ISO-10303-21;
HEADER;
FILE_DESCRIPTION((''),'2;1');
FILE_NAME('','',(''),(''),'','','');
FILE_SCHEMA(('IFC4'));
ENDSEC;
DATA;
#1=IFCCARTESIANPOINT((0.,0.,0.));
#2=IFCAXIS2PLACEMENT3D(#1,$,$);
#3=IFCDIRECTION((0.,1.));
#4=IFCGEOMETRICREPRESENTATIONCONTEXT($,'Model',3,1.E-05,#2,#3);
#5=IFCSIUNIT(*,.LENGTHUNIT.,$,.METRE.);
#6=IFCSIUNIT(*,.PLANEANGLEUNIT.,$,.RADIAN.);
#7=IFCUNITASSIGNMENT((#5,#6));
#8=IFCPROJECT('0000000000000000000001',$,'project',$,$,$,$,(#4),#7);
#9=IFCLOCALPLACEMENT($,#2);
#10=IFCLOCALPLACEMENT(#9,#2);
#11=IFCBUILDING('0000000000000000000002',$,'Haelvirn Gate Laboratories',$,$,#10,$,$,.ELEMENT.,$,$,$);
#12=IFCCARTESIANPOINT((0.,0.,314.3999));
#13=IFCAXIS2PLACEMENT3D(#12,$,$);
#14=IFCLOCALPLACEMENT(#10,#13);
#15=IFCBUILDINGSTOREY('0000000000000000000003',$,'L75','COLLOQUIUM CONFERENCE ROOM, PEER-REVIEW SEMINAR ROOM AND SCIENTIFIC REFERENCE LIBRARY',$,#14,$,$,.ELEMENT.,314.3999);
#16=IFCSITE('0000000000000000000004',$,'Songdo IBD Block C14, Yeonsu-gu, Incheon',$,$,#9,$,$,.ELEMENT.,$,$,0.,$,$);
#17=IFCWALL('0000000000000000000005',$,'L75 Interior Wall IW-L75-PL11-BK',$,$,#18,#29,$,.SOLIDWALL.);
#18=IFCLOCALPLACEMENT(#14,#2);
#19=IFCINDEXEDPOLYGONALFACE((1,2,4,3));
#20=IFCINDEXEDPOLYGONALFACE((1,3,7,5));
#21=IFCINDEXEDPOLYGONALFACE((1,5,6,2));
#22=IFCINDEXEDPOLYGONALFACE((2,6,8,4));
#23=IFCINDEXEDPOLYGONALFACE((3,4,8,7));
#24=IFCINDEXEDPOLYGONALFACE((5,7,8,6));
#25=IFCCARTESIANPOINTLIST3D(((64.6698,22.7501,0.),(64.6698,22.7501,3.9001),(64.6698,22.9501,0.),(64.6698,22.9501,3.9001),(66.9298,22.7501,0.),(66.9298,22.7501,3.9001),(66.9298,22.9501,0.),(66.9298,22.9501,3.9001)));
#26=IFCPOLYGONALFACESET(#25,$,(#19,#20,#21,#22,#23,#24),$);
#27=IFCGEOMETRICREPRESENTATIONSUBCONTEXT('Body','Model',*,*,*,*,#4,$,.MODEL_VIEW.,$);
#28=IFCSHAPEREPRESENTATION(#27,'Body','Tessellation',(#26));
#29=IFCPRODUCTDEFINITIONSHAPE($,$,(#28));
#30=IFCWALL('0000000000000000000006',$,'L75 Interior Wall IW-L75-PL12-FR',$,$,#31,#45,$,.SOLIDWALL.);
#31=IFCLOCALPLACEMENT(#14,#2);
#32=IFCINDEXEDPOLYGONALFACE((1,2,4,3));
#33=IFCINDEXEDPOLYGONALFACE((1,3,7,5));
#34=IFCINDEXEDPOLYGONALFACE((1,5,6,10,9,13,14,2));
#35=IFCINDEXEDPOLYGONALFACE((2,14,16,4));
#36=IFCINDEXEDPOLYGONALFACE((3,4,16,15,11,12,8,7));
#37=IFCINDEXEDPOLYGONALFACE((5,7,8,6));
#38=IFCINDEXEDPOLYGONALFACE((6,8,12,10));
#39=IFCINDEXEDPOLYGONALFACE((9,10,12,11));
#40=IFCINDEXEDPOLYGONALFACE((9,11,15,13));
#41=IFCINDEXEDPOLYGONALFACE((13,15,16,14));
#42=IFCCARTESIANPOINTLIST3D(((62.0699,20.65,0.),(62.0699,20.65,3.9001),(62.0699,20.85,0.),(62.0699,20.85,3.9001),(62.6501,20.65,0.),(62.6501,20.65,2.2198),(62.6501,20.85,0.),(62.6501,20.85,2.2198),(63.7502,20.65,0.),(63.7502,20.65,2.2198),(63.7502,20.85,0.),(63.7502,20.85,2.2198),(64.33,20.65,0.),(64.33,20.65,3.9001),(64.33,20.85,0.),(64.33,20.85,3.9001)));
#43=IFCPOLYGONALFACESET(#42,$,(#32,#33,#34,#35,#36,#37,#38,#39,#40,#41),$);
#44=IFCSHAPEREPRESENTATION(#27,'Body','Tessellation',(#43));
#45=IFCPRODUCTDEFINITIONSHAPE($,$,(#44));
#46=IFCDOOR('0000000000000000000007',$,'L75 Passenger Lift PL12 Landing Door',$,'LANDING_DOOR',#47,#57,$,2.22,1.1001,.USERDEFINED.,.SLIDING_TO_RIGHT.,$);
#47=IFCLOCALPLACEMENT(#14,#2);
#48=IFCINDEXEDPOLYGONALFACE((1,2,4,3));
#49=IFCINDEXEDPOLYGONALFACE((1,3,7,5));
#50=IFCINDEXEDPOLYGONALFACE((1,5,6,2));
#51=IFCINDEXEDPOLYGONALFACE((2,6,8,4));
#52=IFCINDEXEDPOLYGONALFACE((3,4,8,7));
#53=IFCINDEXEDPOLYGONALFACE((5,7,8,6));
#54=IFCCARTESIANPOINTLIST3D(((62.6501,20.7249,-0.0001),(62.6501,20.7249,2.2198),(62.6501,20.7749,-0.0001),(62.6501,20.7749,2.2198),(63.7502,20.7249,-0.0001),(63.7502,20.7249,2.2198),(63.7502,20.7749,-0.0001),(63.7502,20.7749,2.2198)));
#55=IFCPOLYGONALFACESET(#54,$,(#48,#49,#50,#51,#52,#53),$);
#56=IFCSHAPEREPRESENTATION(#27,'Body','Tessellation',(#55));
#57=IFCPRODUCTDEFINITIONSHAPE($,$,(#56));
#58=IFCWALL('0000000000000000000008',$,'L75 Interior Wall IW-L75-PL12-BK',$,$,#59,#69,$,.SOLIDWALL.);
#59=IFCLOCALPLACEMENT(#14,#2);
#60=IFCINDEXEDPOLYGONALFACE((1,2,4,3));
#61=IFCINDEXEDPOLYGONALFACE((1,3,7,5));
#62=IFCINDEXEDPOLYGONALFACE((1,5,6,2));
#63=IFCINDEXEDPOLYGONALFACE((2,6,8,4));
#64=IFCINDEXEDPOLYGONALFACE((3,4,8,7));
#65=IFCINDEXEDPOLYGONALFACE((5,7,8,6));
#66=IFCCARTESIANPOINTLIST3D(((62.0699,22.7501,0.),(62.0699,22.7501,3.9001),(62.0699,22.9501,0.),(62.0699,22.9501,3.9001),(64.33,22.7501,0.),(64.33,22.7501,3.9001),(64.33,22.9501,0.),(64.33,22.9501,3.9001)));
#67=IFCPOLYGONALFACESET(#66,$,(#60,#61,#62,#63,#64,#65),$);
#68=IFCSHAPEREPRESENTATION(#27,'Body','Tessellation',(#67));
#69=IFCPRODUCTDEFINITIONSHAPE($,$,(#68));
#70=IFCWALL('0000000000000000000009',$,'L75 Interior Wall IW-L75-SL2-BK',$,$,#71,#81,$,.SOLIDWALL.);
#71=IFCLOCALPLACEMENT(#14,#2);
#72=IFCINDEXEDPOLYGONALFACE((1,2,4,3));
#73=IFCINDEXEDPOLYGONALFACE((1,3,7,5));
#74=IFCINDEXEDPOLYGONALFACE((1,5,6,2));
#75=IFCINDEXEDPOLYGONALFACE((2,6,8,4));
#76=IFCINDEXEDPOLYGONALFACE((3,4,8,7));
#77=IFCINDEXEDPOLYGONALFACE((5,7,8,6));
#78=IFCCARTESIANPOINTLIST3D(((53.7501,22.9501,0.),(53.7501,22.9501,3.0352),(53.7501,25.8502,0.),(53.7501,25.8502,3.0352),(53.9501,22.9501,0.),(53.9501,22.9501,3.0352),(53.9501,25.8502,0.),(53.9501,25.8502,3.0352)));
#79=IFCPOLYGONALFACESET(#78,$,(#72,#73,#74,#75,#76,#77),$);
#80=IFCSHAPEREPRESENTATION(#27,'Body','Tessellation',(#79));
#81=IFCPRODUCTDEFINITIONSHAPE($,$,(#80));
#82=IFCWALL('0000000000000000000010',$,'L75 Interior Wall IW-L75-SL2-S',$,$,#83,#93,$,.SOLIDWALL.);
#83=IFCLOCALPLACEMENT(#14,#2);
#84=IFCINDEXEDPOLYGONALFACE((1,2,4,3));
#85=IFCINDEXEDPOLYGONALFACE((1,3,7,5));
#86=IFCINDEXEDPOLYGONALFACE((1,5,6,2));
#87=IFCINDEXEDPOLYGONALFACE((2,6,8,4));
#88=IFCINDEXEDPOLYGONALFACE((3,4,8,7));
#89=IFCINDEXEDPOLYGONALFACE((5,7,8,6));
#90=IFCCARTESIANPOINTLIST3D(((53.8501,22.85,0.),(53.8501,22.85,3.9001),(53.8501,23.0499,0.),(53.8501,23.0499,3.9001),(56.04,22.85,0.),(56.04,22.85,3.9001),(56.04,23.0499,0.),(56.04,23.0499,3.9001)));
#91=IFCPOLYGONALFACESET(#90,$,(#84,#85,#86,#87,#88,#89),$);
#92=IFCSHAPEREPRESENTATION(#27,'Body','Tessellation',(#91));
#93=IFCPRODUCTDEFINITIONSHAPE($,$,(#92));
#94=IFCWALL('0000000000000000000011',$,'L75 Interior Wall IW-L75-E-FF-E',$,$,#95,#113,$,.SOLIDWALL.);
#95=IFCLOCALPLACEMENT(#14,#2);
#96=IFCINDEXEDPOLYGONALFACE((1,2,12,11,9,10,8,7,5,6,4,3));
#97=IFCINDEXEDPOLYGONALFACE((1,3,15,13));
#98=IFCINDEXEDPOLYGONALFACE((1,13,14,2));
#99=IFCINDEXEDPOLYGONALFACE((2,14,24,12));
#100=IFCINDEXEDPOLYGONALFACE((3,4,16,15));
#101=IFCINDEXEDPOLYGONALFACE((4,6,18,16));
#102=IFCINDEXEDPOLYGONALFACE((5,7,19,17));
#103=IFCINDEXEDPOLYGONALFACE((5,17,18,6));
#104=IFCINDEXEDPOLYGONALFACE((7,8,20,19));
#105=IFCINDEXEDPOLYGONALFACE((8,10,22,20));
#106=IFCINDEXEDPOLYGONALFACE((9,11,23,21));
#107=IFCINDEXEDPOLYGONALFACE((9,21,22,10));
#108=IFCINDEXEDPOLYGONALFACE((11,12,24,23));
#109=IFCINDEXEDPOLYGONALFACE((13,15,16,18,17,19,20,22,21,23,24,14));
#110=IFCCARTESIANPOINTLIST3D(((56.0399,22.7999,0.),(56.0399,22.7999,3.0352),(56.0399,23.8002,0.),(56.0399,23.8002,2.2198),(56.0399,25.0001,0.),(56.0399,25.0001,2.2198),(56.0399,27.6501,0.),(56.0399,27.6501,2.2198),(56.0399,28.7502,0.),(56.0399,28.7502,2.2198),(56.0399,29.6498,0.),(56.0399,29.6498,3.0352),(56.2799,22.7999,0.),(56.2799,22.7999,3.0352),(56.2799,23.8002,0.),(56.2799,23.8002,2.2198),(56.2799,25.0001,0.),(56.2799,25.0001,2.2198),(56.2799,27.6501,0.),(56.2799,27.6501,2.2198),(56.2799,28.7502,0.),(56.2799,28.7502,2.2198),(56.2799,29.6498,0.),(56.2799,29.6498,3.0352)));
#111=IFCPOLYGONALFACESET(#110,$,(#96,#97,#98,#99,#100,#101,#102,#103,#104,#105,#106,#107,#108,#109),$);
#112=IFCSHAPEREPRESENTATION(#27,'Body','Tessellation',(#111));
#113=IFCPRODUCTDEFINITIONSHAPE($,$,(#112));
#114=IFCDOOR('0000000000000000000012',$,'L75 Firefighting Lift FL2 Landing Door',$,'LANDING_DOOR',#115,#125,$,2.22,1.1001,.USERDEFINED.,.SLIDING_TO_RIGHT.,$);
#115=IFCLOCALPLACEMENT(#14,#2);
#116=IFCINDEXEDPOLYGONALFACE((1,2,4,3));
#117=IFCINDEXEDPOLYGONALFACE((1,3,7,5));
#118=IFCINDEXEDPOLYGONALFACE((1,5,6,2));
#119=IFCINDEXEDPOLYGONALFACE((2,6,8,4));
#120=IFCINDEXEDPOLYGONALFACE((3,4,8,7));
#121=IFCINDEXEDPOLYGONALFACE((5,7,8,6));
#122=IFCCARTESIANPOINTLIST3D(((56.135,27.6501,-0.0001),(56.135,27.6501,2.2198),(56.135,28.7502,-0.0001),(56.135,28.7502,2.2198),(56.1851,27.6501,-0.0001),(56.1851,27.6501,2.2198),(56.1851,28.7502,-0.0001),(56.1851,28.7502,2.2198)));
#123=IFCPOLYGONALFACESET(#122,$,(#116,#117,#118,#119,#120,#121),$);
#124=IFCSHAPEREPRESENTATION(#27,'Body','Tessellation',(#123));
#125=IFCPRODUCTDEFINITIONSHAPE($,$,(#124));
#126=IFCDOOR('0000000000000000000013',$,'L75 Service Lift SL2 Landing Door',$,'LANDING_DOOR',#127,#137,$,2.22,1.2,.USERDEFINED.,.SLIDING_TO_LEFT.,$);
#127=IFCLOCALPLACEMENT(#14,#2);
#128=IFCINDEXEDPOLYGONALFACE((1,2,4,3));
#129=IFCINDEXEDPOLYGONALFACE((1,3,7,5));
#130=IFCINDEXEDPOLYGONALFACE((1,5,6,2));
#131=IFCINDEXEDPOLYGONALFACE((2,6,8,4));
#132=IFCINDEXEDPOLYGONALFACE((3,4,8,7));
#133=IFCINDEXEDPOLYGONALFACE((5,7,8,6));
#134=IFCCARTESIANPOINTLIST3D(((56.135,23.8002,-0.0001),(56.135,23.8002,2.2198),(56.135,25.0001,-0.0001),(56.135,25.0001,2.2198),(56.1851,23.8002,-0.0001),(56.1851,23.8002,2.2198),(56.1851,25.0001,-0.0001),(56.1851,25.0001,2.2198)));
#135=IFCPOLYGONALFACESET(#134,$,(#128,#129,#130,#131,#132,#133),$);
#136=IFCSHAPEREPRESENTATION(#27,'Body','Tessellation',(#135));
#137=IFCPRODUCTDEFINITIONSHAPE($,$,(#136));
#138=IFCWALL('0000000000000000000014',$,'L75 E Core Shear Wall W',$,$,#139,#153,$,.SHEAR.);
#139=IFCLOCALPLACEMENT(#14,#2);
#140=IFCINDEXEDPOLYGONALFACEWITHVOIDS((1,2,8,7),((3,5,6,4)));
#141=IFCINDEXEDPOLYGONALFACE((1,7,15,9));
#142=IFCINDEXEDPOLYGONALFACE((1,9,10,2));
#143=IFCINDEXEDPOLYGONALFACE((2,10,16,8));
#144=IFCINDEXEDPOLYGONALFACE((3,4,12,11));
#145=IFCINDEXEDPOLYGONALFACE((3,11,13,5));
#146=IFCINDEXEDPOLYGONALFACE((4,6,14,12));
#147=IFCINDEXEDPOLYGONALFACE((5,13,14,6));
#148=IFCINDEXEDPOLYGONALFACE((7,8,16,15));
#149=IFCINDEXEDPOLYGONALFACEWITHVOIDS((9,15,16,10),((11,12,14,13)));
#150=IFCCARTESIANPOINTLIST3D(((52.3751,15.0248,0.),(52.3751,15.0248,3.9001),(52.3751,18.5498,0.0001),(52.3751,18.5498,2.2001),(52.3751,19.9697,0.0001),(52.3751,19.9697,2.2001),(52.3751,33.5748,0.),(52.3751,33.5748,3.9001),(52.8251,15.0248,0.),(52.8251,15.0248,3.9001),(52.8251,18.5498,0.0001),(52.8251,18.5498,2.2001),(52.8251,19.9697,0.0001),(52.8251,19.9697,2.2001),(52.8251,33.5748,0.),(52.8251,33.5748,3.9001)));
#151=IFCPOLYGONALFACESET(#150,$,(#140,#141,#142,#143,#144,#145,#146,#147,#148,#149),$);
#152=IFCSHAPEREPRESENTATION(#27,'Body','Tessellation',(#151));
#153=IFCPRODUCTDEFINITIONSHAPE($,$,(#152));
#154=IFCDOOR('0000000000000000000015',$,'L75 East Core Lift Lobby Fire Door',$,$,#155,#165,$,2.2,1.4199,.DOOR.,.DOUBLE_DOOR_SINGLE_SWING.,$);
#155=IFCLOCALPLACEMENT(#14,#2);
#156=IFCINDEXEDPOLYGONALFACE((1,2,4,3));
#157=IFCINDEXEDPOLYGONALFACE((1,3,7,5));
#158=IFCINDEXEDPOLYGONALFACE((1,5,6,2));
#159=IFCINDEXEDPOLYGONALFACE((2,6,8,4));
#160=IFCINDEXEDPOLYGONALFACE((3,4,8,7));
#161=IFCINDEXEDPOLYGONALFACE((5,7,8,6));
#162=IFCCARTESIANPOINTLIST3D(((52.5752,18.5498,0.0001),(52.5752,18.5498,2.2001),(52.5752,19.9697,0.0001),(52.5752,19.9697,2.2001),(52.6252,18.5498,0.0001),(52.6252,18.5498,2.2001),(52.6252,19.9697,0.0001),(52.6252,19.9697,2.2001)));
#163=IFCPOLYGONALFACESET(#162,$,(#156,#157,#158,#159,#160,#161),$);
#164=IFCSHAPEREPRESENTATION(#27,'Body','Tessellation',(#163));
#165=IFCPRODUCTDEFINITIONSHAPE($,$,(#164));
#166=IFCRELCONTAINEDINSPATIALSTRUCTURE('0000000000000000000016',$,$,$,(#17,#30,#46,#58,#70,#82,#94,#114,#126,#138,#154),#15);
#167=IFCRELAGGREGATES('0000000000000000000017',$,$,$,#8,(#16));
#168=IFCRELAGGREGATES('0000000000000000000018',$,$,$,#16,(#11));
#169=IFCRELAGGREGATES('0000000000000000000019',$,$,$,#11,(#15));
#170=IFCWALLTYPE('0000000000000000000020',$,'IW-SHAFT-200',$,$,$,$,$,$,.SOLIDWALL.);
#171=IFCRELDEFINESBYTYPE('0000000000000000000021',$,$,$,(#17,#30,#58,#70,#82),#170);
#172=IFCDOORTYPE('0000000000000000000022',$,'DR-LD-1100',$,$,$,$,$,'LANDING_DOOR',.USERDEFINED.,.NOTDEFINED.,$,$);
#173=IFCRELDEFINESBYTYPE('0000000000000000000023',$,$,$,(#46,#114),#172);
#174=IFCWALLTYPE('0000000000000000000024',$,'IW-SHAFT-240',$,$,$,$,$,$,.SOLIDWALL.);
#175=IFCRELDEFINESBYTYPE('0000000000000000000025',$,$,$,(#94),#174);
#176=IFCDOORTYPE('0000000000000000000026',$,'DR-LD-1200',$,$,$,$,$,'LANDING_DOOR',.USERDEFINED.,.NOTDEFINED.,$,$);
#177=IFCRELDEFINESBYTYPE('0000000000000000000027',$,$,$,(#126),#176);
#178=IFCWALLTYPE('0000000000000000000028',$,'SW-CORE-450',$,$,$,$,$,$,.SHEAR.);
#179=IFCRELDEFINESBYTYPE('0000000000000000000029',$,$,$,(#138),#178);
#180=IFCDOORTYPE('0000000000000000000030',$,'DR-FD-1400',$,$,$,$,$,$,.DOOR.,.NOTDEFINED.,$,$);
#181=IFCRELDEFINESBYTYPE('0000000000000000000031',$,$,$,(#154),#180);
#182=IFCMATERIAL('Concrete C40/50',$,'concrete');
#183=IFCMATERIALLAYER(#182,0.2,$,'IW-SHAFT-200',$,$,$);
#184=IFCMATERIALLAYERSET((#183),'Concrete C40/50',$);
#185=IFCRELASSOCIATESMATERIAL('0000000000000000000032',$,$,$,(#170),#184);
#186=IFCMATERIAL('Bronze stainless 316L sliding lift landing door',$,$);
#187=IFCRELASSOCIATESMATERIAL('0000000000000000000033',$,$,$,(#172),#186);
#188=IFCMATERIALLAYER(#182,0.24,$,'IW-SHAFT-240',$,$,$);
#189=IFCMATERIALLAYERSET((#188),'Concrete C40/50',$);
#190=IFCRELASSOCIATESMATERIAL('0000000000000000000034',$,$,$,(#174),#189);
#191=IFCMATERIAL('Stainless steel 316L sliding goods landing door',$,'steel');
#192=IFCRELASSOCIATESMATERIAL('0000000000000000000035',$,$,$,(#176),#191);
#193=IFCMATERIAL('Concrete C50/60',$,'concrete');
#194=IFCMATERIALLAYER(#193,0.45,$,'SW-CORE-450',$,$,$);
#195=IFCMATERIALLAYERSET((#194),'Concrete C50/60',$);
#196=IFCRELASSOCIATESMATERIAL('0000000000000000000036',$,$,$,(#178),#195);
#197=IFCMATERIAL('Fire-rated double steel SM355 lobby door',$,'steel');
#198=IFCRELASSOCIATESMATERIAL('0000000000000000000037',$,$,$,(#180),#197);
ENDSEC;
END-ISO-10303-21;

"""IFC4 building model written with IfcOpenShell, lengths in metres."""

from ifc_helpers import new_model, si_unit, direction, frame, frame_2d, origin, place, context, subcontext, project, spatial, rectangle, extrude, source, transform, mapped, material, layer, layer_set, type_object, type_shapes, element, fill, save


model = new_model("IFC4")

# Units and contexts
model_context = context("Model", 3, precision=1e-05, world=origin(), true_north=direction((0.0, 1.0)))
body_context = subcontext(model_context, "Body", "Model", "MODEL_VIEW")
ifc_project = project(units=[si_unit("LENGTHUNIT", "METRE"), si_unit("PLANEANGLEUNIT", "RADIAN")], contexts=[model_context])

# Site, building, storey
site_placement = place(None, origin())
site = spatial("IfcSite", under=ifc_project, at=site_placement, Name="Songdo IBD Block C14, Yeonsu-gu, Incheon", CompositionType="ELEMENT", RefElevation=0.0)
building_placement = place(site_placement, origin())
building = spatial("IfcBuilding", under=site, at=building_placement, Name="Haelvirn Gate Laboratories", CompositionType="ELEMENT")
storey_placement = place(building_placement, frame((0.0, 0.0, 314.3999)))
storey = spatial("IfcBuildingStorey", under=building, at=storey_placement, Name="L75", Description="COLLOQUIUM CONFERENCE ROOM, PEER-REVIEW SEMINAR ROOM AND SCIENTIFIC REFERENCE LIBRARY", CompositionType="ELEMENT", Elevation=314.3999)

# Shared definitions
ifc_material_1 = material(Name="Concrete C50/60", Category="concrete")

# Shared definitions
ifc_material_2 = material(Name="Concrete C40/50", Category="concrete")

# Shared definitions
ifc_layer_1 = layer(ifc_material_2, 0.2, Name="IW-SHAFT-200")
ifc_layer_set_1 = layer_set([ifc_layer_1], Name="Concrete C40/50")
wall_type_1 = type_object("IfcWallType", Name="IW-SHAFT-200", PredefinedType="SOLIDWALL", material=ifc_layer_set_1)
ifc_material_3 = material(Name="Bronze stainless 316L sliding lift landing door")
door_type_1 = type_object("IfcDoorType", Name="DR-LD-1100", ElementType="LANDING_DOOR", OperationType="NOTDEFINED", PredefinedType="USERDEFINED", material=ifc_material_3)
shared_shape_1 = source(origin(), body_context, "Body", "SweptSolid", [
    extrude(rectangle(XDim=1.1001, YDim=2.22, at=frame_2d((0.55, 1.1099))), frame((0.0, 0.0249, 0.0), z_axis=(0.0, -1.0, 0.0), x_axis=(1.0, 0.0, 0.0)), (0.0, 0.0, 1.0), 0.05),
])
type_shapes(door_type_1, [shared_shape_1])

# Wall
wall_1_placement = place(storey_placement, frame((64.6699, 22.8501, 0.0), z_axis=(0.0, 0.0, 1.0), x_axis=(1.0, 0.0, 0.0)))
element("IfcWall", 1, at=wall_1_placement, inside=storey, type_object=wall_type_1, Name="L75 Interior Wall IW-L75-PL11-BK", PredefinedType="SOLIDWALL", context=body_context, shape_type="SweptSolid", body=[
    extrude(rectangle(XDim=2.26, YDim=0.2, at=frame_2d((1.1299, 0.0))), origin(), (0.0, 0.0, 1.0), 3.9001),
])

# Wall, opening, door
wall_2_placement = place(storey_placement, frame((62.0701, 20.75, 0.0), z_axis=(0.0, 0.0, 1.0), x_axis=(1.0, 0.0, 0.0)))
wall_2 = element("IfcWall", 2, at=wall_2_placement, inside=storey, type_object=wall_type_1, Name="L75 Interior Wall IW-L75-PL12-FR", PredefinedType="SOLIDWALL", context=body_context, shape_type="SweptSolid", body=[
    extrude(rectangle(XDim=2.26, YDim=0.2, at=frame_2d((1.1299, 0.0))), origin(), (0.0, 0.0, 1.0), 3.9001),
])
opening_1_placement = place(wall_2_placement, frame((0.5801, 0.0, 0.0)))
opening_1 = element("IfcOpeningElement", 3, at=opening_1_placement, cuts=wall_2, PredefinedType="OPENING", context=body_context, shape_type="SweptSolid", body=[
    extrude(rectangle(XDim=1.1001, YDim=2.22, at=frame_2d((0.55, 1.1099))), frame((0.0, 0.1099, 0.0), z_axis=(0.0, -1.0, 0.0), x_axis=(1.0, 0.0, 0.0)), (0.0, 0.0, 1.0), 0.22),
])
door_1_placement = place(opening_1_placement, origin())
door_1 = element("IfcDoor", 4, at=door_1_placement, inside=storey, type_object=door_type_1, Name="L75 Passenger Lift PL12 Landing Door", ObjectType="LANDING_DOOR", OperationType="SLIDING_TO_RIGHT", OverallHeight=2.22, OverallWidth=1.1001, PredefinedType="USERDEFINED", context=body_context, shape_type="MappedRepresentation", body=[
    mapped(shared_shape_1, transform((0.0, 0.0, 0.0), scale=1.0)),
])
fill(opening_1, door_1)

# Walls
wall_3_placement = place(storey_placement, frame((62.0701, 22.8501, 0.0), z_axis=(0.0, 0.0, 1.0), x_axis=(1.0, 0.0, 0.0)))
element("IfcWall", 5, at=wall_3_placement, inside=storey, type_object=wall_type_1, Name="L75 Interior Wall IW-L75-PL12-BK", PredefinedType="SOLIDWALL", context=body_context, shape_type="SweptSolid", body=[
    extrude(rectangle(XDim=2.26, YDim=0.2, at=frame_2d((1.1299, 0.0))), origin(), (0.0, 0.0, 1.0), 3.9001),
])
wall_4_placement = place(storey_placement, frame((53.8501, 22.95, 0.0), z_axis=(0.0, 0.0, 1.0), x_axis=(0.0, 1.0, 0.0)))
element("IfcWall", 6, at=wall_4_placement, inside=storey, type_object=wall_type_1, Name="L75 Interior Wall IW-L75-SL2-BK", PredefinedType="SOLIDWALL", context=body_context, shape_type="SweptSolid", body=[
    extrude(rectangle(XDim=2.9001, YDim=0.2, at=frame_2d((1.4502, 0.0))), origin(), (0.0, 0.0, 1.0), 3.0352),
])
wall_5_placement = place(storey_placement, frame((53.8501, 22.95, 0.0), z_axis=(0.0, 0.0, 1.0), x_axis=(1.0, 0.0, 0.0)))
element("IfcWall", 7, at=wall_5_placement, inside=storey, type_object=wall_type_1, Name="L75 Interior Wall IW-L75-SL2-S", PredefinedType="SOLIDWALL", context=body_context, shape_type="SweptSolid", body=[
    extrude(rectangle(XDim=2.1899, YDim=0.2, at=frame_2d((1.095, 0.0))), origin(), (0.0, 0.0, 1.0), 3.9001),
])

# Wall, openings, doors
ifc_layer_2 = layer(ifc_material_2, 0.24, Name="IW-SHAFT-240")
ifc_layer_set_2 = layer_set([ifc_layer_2], Name="Concrete C40/50")
wall_type_2 = type_object("IfcWallType", Name="IW-SHAFT-240", PredefinedType="SOLIDWALL", material=ifc_layer_set_2)
wall_6_placement = place(storey_placement, frame((56.1599, 22.8, 0.0), z_axis=(0.0, 0.0, 1.0), x_axis=(0.0, 1.0, 0.0)))
wall_6 = element("IfcWall", 8, at=wall_6_placement, inside=storey, type_object=wall_type_2, Name="L75 Interior Wall IW-L75-E-FF-E", PredefinedType="SOLIDWALL", context=body_context, shape_type="SweptSolid", body=[
    extrude(rectangle(XDim=6.8499, YDim=0.24, at=frame_2d((3.4248, 0.0))), origin(), (0.0, 0.0, 1.0), 3.0352),
])
opening_2_placement = place(wall_6_placement, frame((4.8501, 0.0, 0.0)))
opening_2 = element("IfcOpeningElement", 9, at=opening_2_placement, cuts=wall_6, PredefinedType="OPENING", context=body_context, shape_type="SweptSolid", body=[
    extrude(rectangle(XDim=1.1001, YDim=2.22, at=frame_2d((0.55, 1.1099))), frame((0.0, 0.1299, 0.0), z_axis=(0.0, -1.0, 0.0), x_axis=(1.0, 0.0, 0.0)), (0.0, 0.0, 1.0), 0.26),
])
opening_3_placement = place(wall_6_placement, frame((1.0, 0.0, 0.0)))
opening_3 = element("IfcOpeningElement", 10, at=opening_3_placement, cuts=wall_6, PredefinedType="OPENING", context=body_context, shape_type="SweptSolid", body=[
    extrude(rectangle(XDim=1.2, YDim=2.22, at=frame_2d((0.6001, 1.1099))), frame((0.0, 0.1299, 0.0), z_axis=(0.0, -1.0, 0.0), x_axis=(1.0, 0.0, 0.0)), (0.0, 0.0, 1.0), 0.26),
])
door_2_placement = place(opening_2_placement, origin())
door_2 = element("IfcDoor", 11, at=door_2_placement, inside=storey, type_object=door_type_1, Name="L75 Firefighting Lift FL2 Landing Door", ObjectType="LANDING_DOOR", OperationType="SLIDING_TO_RIGHT", OverallHeight=2.22, OverallWidth=1.1001, PredefinedType="USERDEFINED", context=body_context, shape_type="MappedRepresentation", body=[
    mapped(shared_shape_1, transform((0.0, 0.0, 0.0), scale=1.0)),
])
fill(opening_2, door_2)
ifc_material_4 = material(Name="Stainless steel 316L sliding goods landing door", Category="steel")
door_type_2 = type_object("IfcDoorType", Name="DR-LD-1200", ElementType="LANDING_DOOR", OperationType="NOTDEFINED", PredefinedType="USERDEFINED", material=ifc_material_4)
shared_shape_2 = source(origin(), body_context, "Body", "SweptSolid", [
    extrude(rectangle(XDim=1.2, YDim=2.22, at=frame_2d((0.6001, 1.1099))), frame((0.0, 0.0249, 0.0), z_axis=(0.0, -1.0, 0.0), x_axis=(1.0, 0.0, 0.0)), (0.0, 0.0, 1.0), 0.05),
])
type_shapes(door_type_2, [shared_shape_2])
door_3_placement = place(opening_3_placement, origin())
door_3 = element("IfcDoor", 12, at=door_3_placement, inside=storey, type_object=door_type_2, Name="L75 Service Lift SL2 Landing Door", ObjectType="LANDING_DOOR", OperationType="SLIDING_TO_LEFT", OverallHeight=2.22, OverallWidth=1.2, PredefinedType="USERDEFINED", context=body_context, shape_type="MappedRepresentation", body=[
    mapped(shared_shape_2, transform((0.0, 0.0, 0.0), scale=1.0)),
])
fill(opening_3, door_3)

# Wall, opening, door
ifc_layer_3 = layer(ifc_material_1, 0.45, Name="SW-CORE-450")
ifc_layer_set_3 = layer_set([ifc_layer_3], Name="Concrete C50/60")
wall_type_3 = type_object("IfcWallType", Name="SW-CORE-450", PredefinedType="SHEAR", material=ifc_layer_set_3)
wall_7_placement = place(storey_placement, frame((52.6001, 15.0249, 0.0), z_axis=(0.0, 0.0, 1.0), x_axis=(0.0, 1.0, 0.0)))
wall_7 = element("IfcWall", 13, at=wall_7_placement, inside=storey, type_object=wall_type_3, Name="L75 E Core Shear Wall W", PredefinedType="SHEAR", context=body_context, shape_type="SweptSolid", body=[
    extrude(rectangle(XDim=18.55, YDim=0.45, at=frame_2d((9.2749, 0.0))), origin(), (0.0, 0.0, 1.0), 3.9001),
])
opening_4_placement = place(wall_7_placement, frame((3.5249, 0.0, 0.0)))
opening_4 = element("IfcOpeningElement", 14, at=opening_4_placement, cuts=wall_7, PredefinedType="OPENING", context=body_context, shape_type="SweptSolid", body=[
    extrude(rectangle(XDim=1.4199, YDim=2.2, at=frame_2d((0.71, 1.1001))), frame((0.0, 0.2349, 0.0), z_axis=(0.0, -1.0, 0.0), x_axis=(1.0, 0.0, 0.0)), (0.0, 0.0, 1.0), 0.47),
])
ifc_material_5 = material(Name="Fire-rated double steel SM355 lobby door", Category="steel")
door_type_3 = type_object("IfcDoorType", Name="DR-FD-1400", OperationType="NOTDEFINED", PredefinedType="DOOR", material=ifc_material_5)
shared_shape_3 = source(origin(), body_context, "Body", "SweptSolid", [
    extrude(rectangle(XDim=1.4199, YDim=2.2, at=frame_2d((0.71, 1.1001))), frame((0.0, 0.0249, 0.0), z_axis=(0.0, -1.0, 0.0), x_axis=(1.0, 0.0, 0.0)), (0.0, 0.0, 1.0), 0.05),
])
type_shapes(door_type_3, [shared_shape_3])
door_4_placement = place(opening_4_placement, origin())
door_4 = element("IfcDoor", 15, at=door_4_placement, inside=storey, type_object=door_type_3, Name="L75 East Core Lift Lobby Fire Door", OperationType="DOUBLE_DOOR_SINGLE_SWING", OverallHeight=2.2, OverallWidth=1.4199, PredefinedType="DOOR", context=body_context, shape_type="MappedRepresentation", body=[
    mapped(shared_shape_3, transform((0.0, 0.0, 0.0), scale=1.0)),
])
fill(opening_4, door_4)

save(model, "model.ifc")
